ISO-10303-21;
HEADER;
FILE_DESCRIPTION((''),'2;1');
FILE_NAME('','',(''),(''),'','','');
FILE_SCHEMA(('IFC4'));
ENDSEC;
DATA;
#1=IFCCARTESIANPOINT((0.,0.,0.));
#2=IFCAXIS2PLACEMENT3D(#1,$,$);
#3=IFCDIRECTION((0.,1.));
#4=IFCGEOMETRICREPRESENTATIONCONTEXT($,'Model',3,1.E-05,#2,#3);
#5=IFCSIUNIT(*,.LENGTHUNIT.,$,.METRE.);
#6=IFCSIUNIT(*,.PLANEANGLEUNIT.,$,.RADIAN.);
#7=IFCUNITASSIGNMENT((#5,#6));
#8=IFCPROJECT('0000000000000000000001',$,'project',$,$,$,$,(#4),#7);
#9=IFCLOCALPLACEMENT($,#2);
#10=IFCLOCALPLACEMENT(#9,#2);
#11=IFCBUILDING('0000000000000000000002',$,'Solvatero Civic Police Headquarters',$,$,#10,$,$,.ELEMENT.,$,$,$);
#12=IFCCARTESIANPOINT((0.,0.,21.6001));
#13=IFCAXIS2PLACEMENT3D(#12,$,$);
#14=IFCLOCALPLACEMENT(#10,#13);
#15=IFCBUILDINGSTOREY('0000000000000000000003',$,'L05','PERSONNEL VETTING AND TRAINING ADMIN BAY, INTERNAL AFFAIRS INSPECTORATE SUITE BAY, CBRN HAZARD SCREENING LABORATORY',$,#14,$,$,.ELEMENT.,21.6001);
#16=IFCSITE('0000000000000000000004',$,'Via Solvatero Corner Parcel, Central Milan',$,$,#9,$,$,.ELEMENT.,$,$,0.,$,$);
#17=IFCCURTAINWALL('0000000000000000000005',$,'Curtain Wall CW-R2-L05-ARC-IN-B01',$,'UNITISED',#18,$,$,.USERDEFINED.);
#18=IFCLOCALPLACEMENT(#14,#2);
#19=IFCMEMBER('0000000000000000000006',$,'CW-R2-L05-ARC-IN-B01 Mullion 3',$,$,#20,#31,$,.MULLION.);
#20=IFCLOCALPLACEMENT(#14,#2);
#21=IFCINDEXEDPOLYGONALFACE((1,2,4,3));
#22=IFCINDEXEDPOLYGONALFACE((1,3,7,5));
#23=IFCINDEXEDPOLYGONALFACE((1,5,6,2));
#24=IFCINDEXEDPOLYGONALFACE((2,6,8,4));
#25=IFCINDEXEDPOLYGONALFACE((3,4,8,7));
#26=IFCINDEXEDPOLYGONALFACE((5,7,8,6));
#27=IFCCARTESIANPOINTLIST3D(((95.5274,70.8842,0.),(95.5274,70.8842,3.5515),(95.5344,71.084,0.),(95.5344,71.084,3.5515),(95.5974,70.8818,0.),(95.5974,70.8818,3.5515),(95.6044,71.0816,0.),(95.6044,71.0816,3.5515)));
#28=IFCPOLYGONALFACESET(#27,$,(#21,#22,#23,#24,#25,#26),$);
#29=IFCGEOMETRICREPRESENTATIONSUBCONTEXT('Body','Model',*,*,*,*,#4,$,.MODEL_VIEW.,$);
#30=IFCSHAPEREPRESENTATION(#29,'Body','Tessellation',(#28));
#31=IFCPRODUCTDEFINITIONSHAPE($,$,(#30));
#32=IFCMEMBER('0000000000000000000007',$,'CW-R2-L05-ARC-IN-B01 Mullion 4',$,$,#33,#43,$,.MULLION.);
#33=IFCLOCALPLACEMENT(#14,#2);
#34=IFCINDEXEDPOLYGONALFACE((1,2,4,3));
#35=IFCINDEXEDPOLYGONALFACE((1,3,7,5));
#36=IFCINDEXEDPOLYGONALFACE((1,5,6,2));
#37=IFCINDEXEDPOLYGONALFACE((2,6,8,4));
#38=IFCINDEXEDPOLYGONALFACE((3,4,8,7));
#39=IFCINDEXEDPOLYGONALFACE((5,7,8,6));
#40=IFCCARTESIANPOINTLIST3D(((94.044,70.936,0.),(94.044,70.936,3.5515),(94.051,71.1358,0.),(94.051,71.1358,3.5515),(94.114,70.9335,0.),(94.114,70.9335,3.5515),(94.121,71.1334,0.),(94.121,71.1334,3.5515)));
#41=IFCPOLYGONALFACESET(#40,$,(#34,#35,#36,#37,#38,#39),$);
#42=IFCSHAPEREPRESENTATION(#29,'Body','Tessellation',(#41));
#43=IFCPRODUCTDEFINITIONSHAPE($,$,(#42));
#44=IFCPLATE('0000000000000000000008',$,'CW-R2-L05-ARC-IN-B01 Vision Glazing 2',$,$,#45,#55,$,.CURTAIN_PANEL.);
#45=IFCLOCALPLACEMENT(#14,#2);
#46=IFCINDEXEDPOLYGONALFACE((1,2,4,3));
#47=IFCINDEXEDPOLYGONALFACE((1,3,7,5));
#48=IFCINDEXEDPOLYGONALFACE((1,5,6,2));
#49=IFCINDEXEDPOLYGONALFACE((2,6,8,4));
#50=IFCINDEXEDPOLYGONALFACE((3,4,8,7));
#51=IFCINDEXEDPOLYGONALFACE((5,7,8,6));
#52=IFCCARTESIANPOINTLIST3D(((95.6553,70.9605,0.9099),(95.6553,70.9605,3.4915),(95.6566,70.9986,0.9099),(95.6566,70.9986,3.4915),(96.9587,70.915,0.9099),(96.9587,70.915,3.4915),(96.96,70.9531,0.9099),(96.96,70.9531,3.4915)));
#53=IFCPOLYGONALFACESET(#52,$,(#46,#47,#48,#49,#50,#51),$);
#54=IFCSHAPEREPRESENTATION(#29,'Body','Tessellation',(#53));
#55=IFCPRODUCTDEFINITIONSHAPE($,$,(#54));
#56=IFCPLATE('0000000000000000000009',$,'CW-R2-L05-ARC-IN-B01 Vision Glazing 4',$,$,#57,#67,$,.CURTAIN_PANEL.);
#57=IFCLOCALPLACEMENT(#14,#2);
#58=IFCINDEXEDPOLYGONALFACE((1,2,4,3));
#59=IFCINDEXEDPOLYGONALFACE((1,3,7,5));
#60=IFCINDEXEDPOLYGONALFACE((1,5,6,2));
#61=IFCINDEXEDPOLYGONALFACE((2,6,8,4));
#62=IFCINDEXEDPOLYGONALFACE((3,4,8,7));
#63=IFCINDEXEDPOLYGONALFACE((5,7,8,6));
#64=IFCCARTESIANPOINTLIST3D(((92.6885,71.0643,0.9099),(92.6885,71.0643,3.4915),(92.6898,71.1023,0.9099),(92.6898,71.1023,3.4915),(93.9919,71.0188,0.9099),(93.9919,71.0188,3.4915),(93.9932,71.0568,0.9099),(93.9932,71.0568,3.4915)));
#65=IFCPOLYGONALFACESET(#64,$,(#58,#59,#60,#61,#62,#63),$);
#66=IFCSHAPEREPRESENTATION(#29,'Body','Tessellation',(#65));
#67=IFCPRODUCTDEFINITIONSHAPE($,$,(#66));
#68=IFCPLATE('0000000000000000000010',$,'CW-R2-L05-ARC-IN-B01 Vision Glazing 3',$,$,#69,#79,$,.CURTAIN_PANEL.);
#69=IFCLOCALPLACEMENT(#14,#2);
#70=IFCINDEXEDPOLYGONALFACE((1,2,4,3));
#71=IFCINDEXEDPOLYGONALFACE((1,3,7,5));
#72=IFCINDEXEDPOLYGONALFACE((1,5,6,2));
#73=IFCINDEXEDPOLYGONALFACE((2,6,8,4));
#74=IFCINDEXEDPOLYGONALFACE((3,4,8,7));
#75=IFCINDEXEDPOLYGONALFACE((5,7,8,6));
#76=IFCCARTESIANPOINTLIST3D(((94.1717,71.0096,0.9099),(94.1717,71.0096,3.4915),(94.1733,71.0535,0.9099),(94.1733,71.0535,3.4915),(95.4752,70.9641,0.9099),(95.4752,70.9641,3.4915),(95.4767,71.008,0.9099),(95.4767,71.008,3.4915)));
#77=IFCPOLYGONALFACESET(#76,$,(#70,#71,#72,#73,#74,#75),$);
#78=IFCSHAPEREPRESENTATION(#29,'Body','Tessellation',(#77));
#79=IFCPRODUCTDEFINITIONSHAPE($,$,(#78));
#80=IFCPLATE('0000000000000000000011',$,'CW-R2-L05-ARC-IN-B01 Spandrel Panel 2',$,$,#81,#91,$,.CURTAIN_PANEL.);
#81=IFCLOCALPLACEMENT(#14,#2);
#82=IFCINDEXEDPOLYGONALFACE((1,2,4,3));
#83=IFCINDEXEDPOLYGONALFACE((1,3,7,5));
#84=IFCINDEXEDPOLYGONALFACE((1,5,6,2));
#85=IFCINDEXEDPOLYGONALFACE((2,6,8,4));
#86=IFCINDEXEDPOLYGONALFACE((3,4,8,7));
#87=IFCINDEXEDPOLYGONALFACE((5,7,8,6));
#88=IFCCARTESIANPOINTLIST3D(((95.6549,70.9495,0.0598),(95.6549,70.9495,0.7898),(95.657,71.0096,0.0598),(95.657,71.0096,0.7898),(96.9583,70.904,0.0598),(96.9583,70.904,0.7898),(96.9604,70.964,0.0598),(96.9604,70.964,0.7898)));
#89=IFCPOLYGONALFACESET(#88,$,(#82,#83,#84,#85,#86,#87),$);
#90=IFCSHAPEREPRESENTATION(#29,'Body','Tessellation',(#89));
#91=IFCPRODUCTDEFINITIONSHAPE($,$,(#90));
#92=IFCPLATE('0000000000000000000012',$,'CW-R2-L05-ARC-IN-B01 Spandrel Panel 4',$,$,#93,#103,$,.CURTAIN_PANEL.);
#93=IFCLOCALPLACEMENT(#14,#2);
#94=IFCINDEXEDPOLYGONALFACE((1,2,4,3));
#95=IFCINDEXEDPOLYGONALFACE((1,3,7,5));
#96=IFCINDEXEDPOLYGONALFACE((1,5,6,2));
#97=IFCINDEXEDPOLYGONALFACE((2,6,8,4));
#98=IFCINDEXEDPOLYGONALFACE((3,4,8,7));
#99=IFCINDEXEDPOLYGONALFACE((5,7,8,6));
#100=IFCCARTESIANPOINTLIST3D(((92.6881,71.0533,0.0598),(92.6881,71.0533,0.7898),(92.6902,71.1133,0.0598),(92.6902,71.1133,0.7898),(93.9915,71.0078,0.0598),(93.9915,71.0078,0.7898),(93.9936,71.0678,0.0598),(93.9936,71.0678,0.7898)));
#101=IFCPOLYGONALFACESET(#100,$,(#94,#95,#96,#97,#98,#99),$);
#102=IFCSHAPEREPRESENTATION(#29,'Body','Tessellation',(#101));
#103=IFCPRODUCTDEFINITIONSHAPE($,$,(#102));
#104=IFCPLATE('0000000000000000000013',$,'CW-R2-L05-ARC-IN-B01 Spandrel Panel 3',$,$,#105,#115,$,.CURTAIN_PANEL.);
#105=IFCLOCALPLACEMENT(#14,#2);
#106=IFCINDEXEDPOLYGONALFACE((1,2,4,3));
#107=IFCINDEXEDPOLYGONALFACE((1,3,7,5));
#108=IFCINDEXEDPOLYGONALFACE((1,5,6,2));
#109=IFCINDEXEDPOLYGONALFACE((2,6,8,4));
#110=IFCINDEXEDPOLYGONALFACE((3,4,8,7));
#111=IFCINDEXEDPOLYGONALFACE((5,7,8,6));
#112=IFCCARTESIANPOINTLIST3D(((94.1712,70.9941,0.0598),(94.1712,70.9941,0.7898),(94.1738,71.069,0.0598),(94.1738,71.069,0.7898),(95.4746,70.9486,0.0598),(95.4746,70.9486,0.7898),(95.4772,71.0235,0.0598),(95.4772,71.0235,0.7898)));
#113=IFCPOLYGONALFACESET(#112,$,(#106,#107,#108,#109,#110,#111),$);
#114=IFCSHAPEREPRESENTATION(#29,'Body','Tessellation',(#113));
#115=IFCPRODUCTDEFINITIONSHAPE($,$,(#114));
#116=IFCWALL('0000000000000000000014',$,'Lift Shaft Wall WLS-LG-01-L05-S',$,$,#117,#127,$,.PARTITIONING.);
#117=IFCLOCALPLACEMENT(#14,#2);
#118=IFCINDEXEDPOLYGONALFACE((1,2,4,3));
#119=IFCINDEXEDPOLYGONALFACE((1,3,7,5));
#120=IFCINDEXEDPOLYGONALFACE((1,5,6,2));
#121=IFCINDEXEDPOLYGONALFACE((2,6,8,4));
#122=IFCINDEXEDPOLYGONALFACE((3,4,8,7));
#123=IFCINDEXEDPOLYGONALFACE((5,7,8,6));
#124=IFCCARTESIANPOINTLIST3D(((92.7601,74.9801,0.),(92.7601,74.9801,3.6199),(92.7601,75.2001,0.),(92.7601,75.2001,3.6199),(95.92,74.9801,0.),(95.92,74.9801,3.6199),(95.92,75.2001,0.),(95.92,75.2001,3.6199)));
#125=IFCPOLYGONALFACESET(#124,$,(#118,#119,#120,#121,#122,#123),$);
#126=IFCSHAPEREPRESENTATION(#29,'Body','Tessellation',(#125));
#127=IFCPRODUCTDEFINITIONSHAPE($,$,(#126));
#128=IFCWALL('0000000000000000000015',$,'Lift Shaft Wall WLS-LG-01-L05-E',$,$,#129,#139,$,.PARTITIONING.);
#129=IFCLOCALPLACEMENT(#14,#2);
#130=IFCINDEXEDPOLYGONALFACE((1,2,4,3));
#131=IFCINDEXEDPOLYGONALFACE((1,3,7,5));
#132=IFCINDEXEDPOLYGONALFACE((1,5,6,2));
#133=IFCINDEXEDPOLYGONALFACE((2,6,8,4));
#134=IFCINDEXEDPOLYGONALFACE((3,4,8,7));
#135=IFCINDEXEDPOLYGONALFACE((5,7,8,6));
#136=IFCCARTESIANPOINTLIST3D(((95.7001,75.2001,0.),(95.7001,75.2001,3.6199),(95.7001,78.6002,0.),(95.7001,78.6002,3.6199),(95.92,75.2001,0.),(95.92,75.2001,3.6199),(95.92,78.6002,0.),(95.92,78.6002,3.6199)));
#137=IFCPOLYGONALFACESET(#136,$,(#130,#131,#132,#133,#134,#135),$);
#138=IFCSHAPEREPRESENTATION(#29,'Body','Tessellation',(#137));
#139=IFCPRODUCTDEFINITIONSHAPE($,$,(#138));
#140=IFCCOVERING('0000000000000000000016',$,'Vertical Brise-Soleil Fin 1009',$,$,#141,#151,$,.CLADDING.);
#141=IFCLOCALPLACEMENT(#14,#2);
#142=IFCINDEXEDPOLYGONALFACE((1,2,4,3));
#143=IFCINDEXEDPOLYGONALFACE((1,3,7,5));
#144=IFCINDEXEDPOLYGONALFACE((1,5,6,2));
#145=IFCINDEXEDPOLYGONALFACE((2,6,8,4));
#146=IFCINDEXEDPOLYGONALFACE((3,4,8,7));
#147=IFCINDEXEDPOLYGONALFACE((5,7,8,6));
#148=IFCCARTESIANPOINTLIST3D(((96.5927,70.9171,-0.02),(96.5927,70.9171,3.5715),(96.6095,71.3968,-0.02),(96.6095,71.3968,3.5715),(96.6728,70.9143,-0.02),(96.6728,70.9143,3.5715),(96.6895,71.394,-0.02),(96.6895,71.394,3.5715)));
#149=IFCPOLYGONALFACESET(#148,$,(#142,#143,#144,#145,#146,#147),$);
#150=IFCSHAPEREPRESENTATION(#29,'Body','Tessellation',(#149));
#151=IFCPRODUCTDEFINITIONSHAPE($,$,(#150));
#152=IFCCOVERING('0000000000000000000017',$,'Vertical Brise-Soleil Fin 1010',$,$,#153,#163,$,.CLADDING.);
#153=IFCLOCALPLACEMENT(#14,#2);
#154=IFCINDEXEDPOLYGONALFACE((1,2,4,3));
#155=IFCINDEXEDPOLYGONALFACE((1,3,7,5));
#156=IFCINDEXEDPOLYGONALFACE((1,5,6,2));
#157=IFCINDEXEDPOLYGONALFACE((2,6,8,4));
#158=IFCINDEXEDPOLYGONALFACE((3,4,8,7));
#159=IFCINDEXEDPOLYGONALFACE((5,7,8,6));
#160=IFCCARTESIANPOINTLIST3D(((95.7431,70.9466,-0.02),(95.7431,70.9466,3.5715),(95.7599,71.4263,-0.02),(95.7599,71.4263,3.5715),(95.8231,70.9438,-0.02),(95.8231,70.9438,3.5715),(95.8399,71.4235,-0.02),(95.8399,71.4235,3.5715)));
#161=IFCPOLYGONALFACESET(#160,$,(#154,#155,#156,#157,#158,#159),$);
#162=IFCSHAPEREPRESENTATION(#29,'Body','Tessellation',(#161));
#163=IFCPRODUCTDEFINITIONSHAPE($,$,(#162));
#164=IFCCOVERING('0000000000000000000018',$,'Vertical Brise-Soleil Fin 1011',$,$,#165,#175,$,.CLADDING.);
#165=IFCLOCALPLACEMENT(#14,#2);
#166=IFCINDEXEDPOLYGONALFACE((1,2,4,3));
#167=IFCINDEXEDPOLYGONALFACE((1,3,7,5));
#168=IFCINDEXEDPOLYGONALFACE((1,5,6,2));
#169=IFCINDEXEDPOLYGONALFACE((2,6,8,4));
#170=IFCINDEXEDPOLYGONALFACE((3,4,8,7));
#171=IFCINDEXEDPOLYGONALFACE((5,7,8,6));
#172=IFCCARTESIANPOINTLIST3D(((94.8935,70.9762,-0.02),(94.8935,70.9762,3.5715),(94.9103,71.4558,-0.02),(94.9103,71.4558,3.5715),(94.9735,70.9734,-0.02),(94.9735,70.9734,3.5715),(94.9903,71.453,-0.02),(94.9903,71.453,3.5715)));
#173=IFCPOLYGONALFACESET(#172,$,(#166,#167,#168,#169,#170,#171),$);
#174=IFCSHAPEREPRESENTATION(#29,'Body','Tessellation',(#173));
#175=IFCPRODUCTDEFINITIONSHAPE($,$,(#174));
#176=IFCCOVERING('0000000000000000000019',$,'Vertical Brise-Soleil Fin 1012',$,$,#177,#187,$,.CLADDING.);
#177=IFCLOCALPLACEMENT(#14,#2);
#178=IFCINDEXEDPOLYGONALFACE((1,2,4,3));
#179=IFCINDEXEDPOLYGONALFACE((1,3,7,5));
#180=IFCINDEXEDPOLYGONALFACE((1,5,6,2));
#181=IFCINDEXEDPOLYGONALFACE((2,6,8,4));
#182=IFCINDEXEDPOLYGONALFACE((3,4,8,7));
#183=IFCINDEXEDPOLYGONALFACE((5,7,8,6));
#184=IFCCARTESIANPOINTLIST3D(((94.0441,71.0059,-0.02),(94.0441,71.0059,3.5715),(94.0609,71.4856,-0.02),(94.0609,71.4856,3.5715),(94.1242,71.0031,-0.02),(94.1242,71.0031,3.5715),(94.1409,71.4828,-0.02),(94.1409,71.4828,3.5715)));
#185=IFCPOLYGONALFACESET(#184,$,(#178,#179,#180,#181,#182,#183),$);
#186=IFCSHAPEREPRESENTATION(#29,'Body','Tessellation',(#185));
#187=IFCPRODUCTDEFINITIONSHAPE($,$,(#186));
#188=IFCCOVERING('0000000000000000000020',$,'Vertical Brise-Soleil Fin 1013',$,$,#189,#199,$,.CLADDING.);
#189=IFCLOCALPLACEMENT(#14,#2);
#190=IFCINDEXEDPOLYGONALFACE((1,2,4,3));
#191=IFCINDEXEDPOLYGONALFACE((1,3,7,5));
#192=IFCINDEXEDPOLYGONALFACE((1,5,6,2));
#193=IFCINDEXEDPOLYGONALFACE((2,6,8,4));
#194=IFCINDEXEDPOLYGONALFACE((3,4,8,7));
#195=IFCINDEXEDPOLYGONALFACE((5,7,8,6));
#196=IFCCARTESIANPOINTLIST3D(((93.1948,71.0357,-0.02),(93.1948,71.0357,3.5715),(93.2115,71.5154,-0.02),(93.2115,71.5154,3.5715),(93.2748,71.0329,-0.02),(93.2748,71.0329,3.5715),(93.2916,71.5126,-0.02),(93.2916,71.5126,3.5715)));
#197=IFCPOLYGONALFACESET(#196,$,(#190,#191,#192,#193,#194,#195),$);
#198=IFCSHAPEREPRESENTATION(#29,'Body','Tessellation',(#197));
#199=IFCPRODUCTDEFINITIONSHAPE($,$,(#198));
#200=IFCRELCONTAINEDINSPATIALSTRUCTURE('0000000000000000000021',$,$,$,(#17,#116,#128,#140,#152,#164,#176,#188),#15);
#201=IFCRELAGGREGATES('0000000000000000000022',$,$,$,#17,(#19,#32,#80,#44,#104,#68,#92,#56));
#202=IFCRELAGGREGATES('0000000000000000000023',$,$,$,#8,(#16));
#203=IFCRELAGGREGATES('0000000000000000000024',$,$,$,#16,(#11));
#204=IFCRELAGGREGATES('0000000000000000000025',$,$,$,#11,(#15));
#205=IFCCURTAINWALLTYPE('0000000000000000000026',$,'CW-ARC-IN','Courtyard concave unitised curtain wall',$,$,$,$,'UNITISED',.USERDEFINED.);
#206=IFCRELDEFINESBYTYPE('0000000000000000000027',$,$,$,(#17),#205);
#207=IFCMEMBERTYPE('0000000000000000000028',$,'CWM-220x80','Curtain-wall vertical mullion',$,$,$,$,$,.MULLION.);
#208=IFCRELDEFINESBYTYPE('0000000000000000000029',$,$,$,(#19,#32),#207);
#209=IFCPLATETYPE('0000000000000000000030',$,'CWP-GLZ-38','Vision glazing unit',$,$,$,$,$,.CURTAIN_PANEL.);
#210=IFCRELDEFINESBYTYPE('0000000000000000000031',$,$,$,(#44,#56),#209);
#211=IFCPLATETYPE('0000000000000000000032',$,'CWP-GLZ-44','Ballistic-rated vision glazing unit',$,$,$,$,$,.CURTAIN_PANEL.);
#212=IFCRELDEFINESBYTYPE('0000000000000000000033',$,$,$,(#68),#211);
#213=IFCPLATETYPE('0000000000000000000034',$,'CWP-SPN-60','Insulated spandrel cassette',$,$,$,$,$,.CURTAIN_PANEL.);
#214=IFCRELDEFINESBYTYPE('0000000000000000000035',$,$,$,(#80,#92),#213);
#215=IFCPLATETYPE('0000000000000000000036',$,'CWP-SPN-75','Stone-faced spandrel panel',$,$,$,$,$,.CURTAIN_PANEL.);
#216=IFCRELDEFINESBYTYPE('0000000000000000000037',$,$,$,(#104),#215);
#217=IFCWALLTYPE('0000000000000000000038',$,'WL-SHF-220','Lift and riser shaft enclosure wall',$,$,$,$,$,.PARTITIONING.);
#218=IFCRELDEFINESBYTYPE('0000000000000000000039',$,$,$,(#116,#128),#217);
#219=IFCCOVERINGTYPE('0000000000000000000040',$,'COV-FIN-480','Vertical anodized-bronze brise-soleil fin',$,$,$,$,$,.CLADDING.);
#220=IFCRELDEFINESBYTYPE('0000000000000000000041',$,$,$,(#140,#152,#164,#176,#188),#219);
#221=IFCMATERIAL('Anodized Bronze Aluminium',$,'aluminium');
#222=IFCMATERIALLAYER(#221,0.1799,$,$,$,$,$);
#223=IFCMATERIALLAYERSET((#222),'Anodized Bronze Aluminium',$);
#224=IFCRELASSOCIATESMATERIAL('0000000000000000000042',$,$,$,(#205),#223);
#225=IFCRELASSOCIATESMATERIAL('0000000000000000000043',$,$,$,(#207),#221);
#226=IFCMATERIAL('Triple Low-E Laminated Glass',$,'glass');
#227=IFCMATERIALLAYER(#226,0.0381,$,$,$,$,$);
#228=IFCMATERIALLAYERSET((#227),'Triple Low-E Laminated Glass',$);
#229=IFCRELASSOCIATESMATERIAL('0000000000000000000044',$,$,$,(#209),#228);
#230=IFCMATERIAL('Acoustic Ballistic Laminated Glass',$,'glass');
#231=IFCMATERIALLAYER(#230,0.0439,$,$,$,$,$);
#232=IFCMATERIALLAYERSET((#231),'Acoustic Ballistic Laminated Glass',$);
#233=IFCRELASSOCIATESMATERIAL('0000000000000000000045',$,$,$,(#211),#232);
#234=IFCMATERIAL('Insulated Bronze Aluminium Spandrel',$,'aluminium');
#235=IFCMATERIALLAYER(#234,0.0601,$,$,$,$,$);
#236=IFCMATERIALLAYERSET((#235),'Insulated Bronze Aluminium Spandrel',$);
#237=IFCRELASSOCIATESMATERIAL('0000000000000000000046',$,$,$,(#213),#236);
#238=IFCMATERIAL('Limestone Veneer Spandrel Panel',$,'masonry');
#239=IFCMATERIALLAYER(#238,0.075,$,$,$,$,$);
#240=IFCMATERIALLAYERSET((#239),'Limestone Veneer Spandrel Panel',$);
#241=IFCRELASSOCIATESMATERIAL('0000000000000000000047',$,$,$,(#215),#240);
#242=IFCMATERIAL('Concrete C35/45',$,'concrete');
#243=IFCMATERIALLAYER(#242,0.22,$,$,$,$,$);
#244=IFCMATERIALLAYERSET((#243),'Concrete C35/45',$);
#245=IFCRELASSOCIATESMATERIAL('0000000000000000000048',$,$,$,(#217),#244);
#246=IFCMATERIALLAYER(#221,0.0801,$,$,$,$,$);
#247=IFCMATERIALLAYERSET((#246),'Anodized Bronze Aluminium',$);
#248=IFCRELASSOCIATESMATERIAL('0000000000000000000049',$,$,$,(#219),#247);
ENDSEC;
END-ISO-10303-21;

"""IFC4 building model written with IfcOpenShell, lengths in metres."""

from ifc_helpers import new_model, si_unit, direction, frame, frame_2d, origin, origin_2d, place, context, subcontext, project, spatial, rectangle, extrude, material, layer, layer_set, material_profile, profile_set, type_object, element, aggregate, save


model = new_model("IFC4")

# Units and contexts
model_context = context("Model", 3, precision=1e-05, world=origin(), true_north=direction((0.0, 1.0)))
body_context = subcontext(model_context, "Body", "Model", "MODEL_VIEW")
ifc_project = project(units=[si_unit("LENGTHUNIT", "METRE"), si_unit("PLANEANGLEUNIT", "RADIAN")], contexts=[model_context])

# Site, building, storey
site_placement = place(None, origin())
site = spatial("IfcSite", under=ifc_project, at=site_placement, Name="Via Solvatero Corner Parcel, Central Milan", CompositionType="ELEMENT", RefElevation=0.0)
building_placement = place(site_placement, origin())
building = spatial("IfcBuilding", under=site, at=building_placement, Name="Solvatero Civic Police Headquarters", CompositionType="ELEMENT")
storey_placement = place(building_placement, frame((0.0, 0.0, 21.6001)))
storey = spatial("IfcBuildingStorey", under=building, at=storey_placement, Name="L05", Description="PERSONNEL VETTING AND TRAINING ADMIN BAY, INTERNAL AFFAIRS INSPECTORATE SUITE BAY, CBRN HAZARD SCREENING LABORATORY", CompositionType="ELEMENT", Elevation=21.6001)

# Curtain wall, members, plates
ifc_material_1 = material(Name="Anodized Bronze Aluminium", Category="aluminium")
ifc_layer_1 = layer(ifc_material_1, 0.1799)
ifc_layer_set_1 = layer_set([ifc_layer_1], Name="Anodized Bronze Aluminium")
curtain_wall_type = type_object("IfcCurtainWallType", Name="CW-ARC-IN", Description="Courtyard concave unitised curtain wall", ElementType="UNITISED", PredefinedType="USERDEFINED", material=ifc_layer_set_1)
curtain_wall_placement = place(storey_placement, origin())
curtain_wall = element("IfcCurtainWall", 1, at=curtain_wall_placement, inside=storey, type_object=curtain_wall_type, Name="Curtain Wall CW-R2-L05-ARC-IN-B01", ObjectType="UNITISED", PredefinedType="USERDEFINED")
ifc_material_profile = material_profile(ifc_material_1, rectangle(XDim=0.0701, YDim=0.2, at=origin_2d()), Name="ALU MULLION 70x200")
ifc_profile_set = profile_set([ifc_material_profile], Name="Anodized Bronze Aluminium")
member_type = type_object("IfcMemberType", Name="CWM-220x80", Description="Curtain-wall vertical mullion", PredefinedType="MULLION", material=ifc_profile_set)
member_1_placement = place(storey_placement, frame((95.5659, 70.9829, 0.0), z_axis=(0.0, 0.0, 1.0), x_axis=(-0.999391, 0.034899, 0.0)))
member_1 = element("IfcMember", 2, at=member_1_placement, type_object=member_type, Name="CW-R2-L05-ARC-IN-B01 Mullion 3", PredefinedType="MULLION", context=body_context, shape_type="SweptSolid", body=[
    extrude(rectangle(XDim=0.0701, YDim=0.2, at=origin_2d()), origin(), (0.0, 0.0, 1.0), 3.5515),
])
member_2_placement = place(storey_placement, frame((94.0825, 71.0347, 0.0), z_axis=(0.0, 0.0, 1.0), x_axis=(-0.999391, 0.034899, 0.0)))
member_2 = element("IfcMember", 3, at=member_2_placement, type_object=member_type, Name="CW-R2-L05-ARC-IN-B01 Mullion 4", PredefinedType="MULLION", context=body_context, shape_type="SweptSolid", body=[
    extrude(rectangle(XDim=0.0701, YDim=0.2, at=origin_2d()), origin(), (0.0, 0.0, 1.0), 3.5515),
])
ifc_material_2 = material(Name="Triple Low-E Laminated Glass", Category="glass")
ifc_layer_2 = layer(ifc_material_2, 0.0381)
ifc_layer_set_2 = layer_set([ifc_layer_2], Name="Triple Low-E Laminated Glass")
plate_type_1 = type_object("IfcPlateType", Name="CWP-GLZ-38", Description="Vision glazing unit", PredefinedType="CURTAIN_PANEL", material=ifc_layer_set_2)
plate_1_placement = place(storey_placement, frame((96.3076, 70.9568, 0.9099), z_axis=(0.0, 0.0, 1.0), x_axis=(-0.999391, 0.034899, 0.0)))
plate_1 = element("IfcPlate", 4, at=plate_1_placement, type_object=plate_type_1, Name="CW-R2-L05-ARC-IN-B01 Vision Glazing 2", PredefinedType="CURTAIN_PANEL", context=body_context, shape_type="SweptSolid", body=[
    extrude(rectangle(XDim=1.3042, YDim=0.0381, at=origin_2d()), origin(), (0.0, 0.0, 1.0), 2.5815),
])
plate_2_placement = place(storey_placement, frame((93.3408, 71.0605, 0.9099), z_axis=(0.0, 0.0, 1.0), x_axis=(-0.999391, 0.034899, 0.0)))
plate_2 = element("IfcPlate", 5, at=plate_2_placement, type_object=plate_type_1, Name="CW-R2-L05-ARC-IN-B01 Vision Glazing 4", PredefinedType="CURTAIN_PANEL", context=body_context, shape_type="SweptSolid", body=[
    extrude(rectangle(XDim=1.3042, YDim=0.0381, at=origin_2d()), origin(), (0.0, 0.0, 1.0), 2.5815),
])
ifc_material_3 = material(Name="Acoustic Ballistic Laminated Glass", Category="glass")
ifc_layer_3 = layer(ifc_material_3, 0.0439)
ifc_layer_set_3 = layer_set([ifc_layer_3], Name="Acoustic Ballistic Laminated Glass")
plate_type_2 = type_object("IfcPlateType", Name="CWP-GLZ-44", Description="Ballistic-rated vision glazing unit", PredefinedType="CURTAIN_PANEL", material=ifc_layer_set_3)
plate_3_placement = place(storey_placement, frame((94.8242, 71.0088, 0.9099), z_axis=(0.0, 0.0, 1.0), x_axis=(-0.999391, 0.034899, 0.0)))
plate_3 = element("IfcPlate", 6, at=plate_3_placement, type_object=plate_type_2, Name="CW-R2-L05-ARC-IN-B01 Vision Glazing 3", PredefinedType="CURTAIN_PANEL", context=body_context, shape_type="SweptSolid", body=[
    extrude(rectangle(XDim=1.3042, YDim=0.0439, at=origin_2d()), origin(), (0.0, 0.0, 1.0), 2.5815),
])
ifc_material_4 = material(Name="Insulated Bronze Aluminium Spandrel", Category="aluminium")
ifc_layer_4 = layer(ifc_material_4, 0.0601)
ifc_layer_set_4 = layer_set([ifc_layer_4], Name="Insulated Bronze Aluminium Spandrel")
plate_type_3 = type_object("IfcPlateType", Name="CWP-SPN-60", Description="Insulated spandrel cassette", PredefinedType="CURTAIN_PANEL", material=ifc_layer_set_4)
plate_4_placement = place(storey_placement, frame((96.3076, 70.9568, 0.0598), z_axis=(0.0, 0.0, 1.0), x_axis=(-0.999391, 0.034899, 0.0)))
plate_4 = element("IfcPlate", 7, at=plate_4_placement, type_object=plate_type_3, Name="CW-R2-L05-ARC-IN-B01 Spandrel Panel 2", PredefinedType="CURTAIN_PANEL", context=body_context, shape_type="SweptSolid", body=[
    extrude(rectangle(XDim=1.3042, YDim=0.0601, at=origin_2d()), origin(), (0.0, 0.0, 1.0), 0.73),
])
plate_5_placement = place(storey_placement, frame((93.3408, 71.0605, 0.0598), z_axis=(0.0, 0.0, 1.0), x_axis=(-0.999391, 0.034899, 0.0)))
plate_5 = element("IfcPlate", 8, at=plate_5_placement, type_object=plate_type_3, Name="CW-R2-L05-ARC-IN-B01 Spandrel Panel 4", PredefinedType="CURTAIN_PANEL", context=body_context, shape_type="SweptSolid", body=[
    extrude(rectangle(XDim=1.3042, YDim=0.0601, at=origin_2d()), origin(), (0.0, 0.0, 1.0), 0.73),
])
ifc_material_5 = material(Name="Limestone Veneer Spandrel Panel", Category="masonry")
ifc_layer_5 = layer(ifc_material_5, 0.075)
ifc_layer_set_5 = layer_set([ifc_layer_5], Name="Limestone Veneer Spandrel Panel")
plate_type_4 = type_object("IfcPlateType", Name="CWP-SPN-75", Description="Stone-faced spandrel panel", PredefinedType="CURTAIN_PANEL", material=ifc_layer_set_5)
plate_6_placement = place(storey_placement, frame((94.8242, 71.0088, 0.0598), z_axis=(0.0, 0.0, 1.0), x_axis=(-0.999391, 0.034899, 0.0)))
plate_6 = element("IfcPlate", 9, at=plate_6_placement, type_object=plate_type_4, Name="CW-R2-L05-ARC-IN-B01 Spandrel Panel 3", PredefinedType="CURTAIN_PANEL", context=body_context, shape_type="SweptSolid", body=[
    extrude(rectangle(XDim=1.3042, YDim=0.075, at=origin_2d()), origin(), (0.0, 0.0, 1.0), 0.73),
])
aggregate(curtain_wall, [member_1, member_2, plate_4, plate_1, plate_6, plate_3, plate_5, plate_2])

# Walls
ifc_material_6 = material(Name="Concrete C35/45", Category="concrete")
ifc_layer_6 = layer(ifc_material_6, 0.22)
ifc_layer_set_6 = layer_set([ifc_layer_6], Name="Concrete C35/45")
wall_type = type_object("IfcWallType", Name="WL-SHF-220", Description="Lift and riser shaft enclosure wall", PredefinedType="PARTITIONING", material=ifc_layer_set_6)
wall_1_placement = place(storey_placement, frame((92.76, 75.0901, 0.0), z_axis=(0.0, 0.0, 1.0), x_axis=(1.0, 0.0, 0.0)))
element("IfcWall", 10, at=wall_1_placement, inside=storey, type_object=wall_type, Name="Lift Shaft Wall WLS-LG-01-L05-S", PredefinedType="PARTITIONING", context=body_context, shape_type="SweptSolid", body=[
    extrude(rectangle(XDim=3.1599, YDim=0.22, at=frame_2d((1.5801, 0.0))), origin(), (0.0, 0.0, 1.0), 3.6199),
])
wall_2_placement = place(storey_placement, frame((95.8101, 75.2, 0.0), z_axis=(0.0, 0.0, 1.0), x_axis=(0.0, 1.0, 0.0)))
element("IfcWall", 11, at=wall_2_placement, inside=storey, type_object=wall_type, Name="Lift Shaft Wall WLS-LG-01-L05-E", PredefinedType="PARTITIONING", context=body_context, shape_type="SweptSolid", body=[
    extrude(rectangle(XDim=3.4001, YDim=0.22, at=frame_2d((1.7002, 0.0))), origin(), (0.0, 0.0, 1.0), 3.6199),
])

# Coverings
ifc_layer_7 = layer(ifc_material_1, 0.0801)
ifc_layer_set_7 = layer_set([ifc_layer_7], Name="Anodized Bronze Aluminium")
covering_type = type_object("IfcCoveringType", Name="COV-FIN-480", Description="Vertical anodized-bronze brise-soleil fin", PredefinedType="CLADDING", material=ifc_layer_set_7)
for number, where, z_axis, x_axis, name in (
    (12, (96.6411, 71.1555, -0.02), (0.0, 0.0, 1.0), (-0.999391, 0.034899, 0.0), "Vertical Brise-Soleil Fin 1009"),
    (13, (95.7915, 71.1851, -0.02), (0.0, 0.0, 1.0), (-0.999391, 0.034899, 0.0), "Vertical Brise-Soleil Fin 1010"),
    (14, (94.9419, 71.2146, -0.02), (0.0, 0.0, 1.0), (-0.999391, 0.034899, 0.0), "Vertical Brise-Soleil Fin 1011"),
    (15, (94.0925, 71.2444, -0.02), (0.0, 0.0, 1.0), (-0.999391, 0.034899, 0.0), "Vertical Brise-Soleil Fin 1012"),
    (16, (93.2432, 71.2742, -0.02), (0.0, 0.0, 1.0), (-0.999391, 0.034899, 0.0), "Vertical Brise-Soleil Fin 1013"),
):
    element("IfcCovering", number, at=place(storey_placement, frame(where, z_axis=z_axis, x_axis=x_axis)), inside=storey, type_object=covering_type, Name=name, PredefinedType="CLADDING", context=body_context, shape_type="SweptSolid", body=[
        extrude(rectangle(XDim=0.0801, YDim=0.48, at=origin_2d()), origin(), (0.0, 0.0, 1.0), 3.5916),
    ])

save(model, "model.ifc")
